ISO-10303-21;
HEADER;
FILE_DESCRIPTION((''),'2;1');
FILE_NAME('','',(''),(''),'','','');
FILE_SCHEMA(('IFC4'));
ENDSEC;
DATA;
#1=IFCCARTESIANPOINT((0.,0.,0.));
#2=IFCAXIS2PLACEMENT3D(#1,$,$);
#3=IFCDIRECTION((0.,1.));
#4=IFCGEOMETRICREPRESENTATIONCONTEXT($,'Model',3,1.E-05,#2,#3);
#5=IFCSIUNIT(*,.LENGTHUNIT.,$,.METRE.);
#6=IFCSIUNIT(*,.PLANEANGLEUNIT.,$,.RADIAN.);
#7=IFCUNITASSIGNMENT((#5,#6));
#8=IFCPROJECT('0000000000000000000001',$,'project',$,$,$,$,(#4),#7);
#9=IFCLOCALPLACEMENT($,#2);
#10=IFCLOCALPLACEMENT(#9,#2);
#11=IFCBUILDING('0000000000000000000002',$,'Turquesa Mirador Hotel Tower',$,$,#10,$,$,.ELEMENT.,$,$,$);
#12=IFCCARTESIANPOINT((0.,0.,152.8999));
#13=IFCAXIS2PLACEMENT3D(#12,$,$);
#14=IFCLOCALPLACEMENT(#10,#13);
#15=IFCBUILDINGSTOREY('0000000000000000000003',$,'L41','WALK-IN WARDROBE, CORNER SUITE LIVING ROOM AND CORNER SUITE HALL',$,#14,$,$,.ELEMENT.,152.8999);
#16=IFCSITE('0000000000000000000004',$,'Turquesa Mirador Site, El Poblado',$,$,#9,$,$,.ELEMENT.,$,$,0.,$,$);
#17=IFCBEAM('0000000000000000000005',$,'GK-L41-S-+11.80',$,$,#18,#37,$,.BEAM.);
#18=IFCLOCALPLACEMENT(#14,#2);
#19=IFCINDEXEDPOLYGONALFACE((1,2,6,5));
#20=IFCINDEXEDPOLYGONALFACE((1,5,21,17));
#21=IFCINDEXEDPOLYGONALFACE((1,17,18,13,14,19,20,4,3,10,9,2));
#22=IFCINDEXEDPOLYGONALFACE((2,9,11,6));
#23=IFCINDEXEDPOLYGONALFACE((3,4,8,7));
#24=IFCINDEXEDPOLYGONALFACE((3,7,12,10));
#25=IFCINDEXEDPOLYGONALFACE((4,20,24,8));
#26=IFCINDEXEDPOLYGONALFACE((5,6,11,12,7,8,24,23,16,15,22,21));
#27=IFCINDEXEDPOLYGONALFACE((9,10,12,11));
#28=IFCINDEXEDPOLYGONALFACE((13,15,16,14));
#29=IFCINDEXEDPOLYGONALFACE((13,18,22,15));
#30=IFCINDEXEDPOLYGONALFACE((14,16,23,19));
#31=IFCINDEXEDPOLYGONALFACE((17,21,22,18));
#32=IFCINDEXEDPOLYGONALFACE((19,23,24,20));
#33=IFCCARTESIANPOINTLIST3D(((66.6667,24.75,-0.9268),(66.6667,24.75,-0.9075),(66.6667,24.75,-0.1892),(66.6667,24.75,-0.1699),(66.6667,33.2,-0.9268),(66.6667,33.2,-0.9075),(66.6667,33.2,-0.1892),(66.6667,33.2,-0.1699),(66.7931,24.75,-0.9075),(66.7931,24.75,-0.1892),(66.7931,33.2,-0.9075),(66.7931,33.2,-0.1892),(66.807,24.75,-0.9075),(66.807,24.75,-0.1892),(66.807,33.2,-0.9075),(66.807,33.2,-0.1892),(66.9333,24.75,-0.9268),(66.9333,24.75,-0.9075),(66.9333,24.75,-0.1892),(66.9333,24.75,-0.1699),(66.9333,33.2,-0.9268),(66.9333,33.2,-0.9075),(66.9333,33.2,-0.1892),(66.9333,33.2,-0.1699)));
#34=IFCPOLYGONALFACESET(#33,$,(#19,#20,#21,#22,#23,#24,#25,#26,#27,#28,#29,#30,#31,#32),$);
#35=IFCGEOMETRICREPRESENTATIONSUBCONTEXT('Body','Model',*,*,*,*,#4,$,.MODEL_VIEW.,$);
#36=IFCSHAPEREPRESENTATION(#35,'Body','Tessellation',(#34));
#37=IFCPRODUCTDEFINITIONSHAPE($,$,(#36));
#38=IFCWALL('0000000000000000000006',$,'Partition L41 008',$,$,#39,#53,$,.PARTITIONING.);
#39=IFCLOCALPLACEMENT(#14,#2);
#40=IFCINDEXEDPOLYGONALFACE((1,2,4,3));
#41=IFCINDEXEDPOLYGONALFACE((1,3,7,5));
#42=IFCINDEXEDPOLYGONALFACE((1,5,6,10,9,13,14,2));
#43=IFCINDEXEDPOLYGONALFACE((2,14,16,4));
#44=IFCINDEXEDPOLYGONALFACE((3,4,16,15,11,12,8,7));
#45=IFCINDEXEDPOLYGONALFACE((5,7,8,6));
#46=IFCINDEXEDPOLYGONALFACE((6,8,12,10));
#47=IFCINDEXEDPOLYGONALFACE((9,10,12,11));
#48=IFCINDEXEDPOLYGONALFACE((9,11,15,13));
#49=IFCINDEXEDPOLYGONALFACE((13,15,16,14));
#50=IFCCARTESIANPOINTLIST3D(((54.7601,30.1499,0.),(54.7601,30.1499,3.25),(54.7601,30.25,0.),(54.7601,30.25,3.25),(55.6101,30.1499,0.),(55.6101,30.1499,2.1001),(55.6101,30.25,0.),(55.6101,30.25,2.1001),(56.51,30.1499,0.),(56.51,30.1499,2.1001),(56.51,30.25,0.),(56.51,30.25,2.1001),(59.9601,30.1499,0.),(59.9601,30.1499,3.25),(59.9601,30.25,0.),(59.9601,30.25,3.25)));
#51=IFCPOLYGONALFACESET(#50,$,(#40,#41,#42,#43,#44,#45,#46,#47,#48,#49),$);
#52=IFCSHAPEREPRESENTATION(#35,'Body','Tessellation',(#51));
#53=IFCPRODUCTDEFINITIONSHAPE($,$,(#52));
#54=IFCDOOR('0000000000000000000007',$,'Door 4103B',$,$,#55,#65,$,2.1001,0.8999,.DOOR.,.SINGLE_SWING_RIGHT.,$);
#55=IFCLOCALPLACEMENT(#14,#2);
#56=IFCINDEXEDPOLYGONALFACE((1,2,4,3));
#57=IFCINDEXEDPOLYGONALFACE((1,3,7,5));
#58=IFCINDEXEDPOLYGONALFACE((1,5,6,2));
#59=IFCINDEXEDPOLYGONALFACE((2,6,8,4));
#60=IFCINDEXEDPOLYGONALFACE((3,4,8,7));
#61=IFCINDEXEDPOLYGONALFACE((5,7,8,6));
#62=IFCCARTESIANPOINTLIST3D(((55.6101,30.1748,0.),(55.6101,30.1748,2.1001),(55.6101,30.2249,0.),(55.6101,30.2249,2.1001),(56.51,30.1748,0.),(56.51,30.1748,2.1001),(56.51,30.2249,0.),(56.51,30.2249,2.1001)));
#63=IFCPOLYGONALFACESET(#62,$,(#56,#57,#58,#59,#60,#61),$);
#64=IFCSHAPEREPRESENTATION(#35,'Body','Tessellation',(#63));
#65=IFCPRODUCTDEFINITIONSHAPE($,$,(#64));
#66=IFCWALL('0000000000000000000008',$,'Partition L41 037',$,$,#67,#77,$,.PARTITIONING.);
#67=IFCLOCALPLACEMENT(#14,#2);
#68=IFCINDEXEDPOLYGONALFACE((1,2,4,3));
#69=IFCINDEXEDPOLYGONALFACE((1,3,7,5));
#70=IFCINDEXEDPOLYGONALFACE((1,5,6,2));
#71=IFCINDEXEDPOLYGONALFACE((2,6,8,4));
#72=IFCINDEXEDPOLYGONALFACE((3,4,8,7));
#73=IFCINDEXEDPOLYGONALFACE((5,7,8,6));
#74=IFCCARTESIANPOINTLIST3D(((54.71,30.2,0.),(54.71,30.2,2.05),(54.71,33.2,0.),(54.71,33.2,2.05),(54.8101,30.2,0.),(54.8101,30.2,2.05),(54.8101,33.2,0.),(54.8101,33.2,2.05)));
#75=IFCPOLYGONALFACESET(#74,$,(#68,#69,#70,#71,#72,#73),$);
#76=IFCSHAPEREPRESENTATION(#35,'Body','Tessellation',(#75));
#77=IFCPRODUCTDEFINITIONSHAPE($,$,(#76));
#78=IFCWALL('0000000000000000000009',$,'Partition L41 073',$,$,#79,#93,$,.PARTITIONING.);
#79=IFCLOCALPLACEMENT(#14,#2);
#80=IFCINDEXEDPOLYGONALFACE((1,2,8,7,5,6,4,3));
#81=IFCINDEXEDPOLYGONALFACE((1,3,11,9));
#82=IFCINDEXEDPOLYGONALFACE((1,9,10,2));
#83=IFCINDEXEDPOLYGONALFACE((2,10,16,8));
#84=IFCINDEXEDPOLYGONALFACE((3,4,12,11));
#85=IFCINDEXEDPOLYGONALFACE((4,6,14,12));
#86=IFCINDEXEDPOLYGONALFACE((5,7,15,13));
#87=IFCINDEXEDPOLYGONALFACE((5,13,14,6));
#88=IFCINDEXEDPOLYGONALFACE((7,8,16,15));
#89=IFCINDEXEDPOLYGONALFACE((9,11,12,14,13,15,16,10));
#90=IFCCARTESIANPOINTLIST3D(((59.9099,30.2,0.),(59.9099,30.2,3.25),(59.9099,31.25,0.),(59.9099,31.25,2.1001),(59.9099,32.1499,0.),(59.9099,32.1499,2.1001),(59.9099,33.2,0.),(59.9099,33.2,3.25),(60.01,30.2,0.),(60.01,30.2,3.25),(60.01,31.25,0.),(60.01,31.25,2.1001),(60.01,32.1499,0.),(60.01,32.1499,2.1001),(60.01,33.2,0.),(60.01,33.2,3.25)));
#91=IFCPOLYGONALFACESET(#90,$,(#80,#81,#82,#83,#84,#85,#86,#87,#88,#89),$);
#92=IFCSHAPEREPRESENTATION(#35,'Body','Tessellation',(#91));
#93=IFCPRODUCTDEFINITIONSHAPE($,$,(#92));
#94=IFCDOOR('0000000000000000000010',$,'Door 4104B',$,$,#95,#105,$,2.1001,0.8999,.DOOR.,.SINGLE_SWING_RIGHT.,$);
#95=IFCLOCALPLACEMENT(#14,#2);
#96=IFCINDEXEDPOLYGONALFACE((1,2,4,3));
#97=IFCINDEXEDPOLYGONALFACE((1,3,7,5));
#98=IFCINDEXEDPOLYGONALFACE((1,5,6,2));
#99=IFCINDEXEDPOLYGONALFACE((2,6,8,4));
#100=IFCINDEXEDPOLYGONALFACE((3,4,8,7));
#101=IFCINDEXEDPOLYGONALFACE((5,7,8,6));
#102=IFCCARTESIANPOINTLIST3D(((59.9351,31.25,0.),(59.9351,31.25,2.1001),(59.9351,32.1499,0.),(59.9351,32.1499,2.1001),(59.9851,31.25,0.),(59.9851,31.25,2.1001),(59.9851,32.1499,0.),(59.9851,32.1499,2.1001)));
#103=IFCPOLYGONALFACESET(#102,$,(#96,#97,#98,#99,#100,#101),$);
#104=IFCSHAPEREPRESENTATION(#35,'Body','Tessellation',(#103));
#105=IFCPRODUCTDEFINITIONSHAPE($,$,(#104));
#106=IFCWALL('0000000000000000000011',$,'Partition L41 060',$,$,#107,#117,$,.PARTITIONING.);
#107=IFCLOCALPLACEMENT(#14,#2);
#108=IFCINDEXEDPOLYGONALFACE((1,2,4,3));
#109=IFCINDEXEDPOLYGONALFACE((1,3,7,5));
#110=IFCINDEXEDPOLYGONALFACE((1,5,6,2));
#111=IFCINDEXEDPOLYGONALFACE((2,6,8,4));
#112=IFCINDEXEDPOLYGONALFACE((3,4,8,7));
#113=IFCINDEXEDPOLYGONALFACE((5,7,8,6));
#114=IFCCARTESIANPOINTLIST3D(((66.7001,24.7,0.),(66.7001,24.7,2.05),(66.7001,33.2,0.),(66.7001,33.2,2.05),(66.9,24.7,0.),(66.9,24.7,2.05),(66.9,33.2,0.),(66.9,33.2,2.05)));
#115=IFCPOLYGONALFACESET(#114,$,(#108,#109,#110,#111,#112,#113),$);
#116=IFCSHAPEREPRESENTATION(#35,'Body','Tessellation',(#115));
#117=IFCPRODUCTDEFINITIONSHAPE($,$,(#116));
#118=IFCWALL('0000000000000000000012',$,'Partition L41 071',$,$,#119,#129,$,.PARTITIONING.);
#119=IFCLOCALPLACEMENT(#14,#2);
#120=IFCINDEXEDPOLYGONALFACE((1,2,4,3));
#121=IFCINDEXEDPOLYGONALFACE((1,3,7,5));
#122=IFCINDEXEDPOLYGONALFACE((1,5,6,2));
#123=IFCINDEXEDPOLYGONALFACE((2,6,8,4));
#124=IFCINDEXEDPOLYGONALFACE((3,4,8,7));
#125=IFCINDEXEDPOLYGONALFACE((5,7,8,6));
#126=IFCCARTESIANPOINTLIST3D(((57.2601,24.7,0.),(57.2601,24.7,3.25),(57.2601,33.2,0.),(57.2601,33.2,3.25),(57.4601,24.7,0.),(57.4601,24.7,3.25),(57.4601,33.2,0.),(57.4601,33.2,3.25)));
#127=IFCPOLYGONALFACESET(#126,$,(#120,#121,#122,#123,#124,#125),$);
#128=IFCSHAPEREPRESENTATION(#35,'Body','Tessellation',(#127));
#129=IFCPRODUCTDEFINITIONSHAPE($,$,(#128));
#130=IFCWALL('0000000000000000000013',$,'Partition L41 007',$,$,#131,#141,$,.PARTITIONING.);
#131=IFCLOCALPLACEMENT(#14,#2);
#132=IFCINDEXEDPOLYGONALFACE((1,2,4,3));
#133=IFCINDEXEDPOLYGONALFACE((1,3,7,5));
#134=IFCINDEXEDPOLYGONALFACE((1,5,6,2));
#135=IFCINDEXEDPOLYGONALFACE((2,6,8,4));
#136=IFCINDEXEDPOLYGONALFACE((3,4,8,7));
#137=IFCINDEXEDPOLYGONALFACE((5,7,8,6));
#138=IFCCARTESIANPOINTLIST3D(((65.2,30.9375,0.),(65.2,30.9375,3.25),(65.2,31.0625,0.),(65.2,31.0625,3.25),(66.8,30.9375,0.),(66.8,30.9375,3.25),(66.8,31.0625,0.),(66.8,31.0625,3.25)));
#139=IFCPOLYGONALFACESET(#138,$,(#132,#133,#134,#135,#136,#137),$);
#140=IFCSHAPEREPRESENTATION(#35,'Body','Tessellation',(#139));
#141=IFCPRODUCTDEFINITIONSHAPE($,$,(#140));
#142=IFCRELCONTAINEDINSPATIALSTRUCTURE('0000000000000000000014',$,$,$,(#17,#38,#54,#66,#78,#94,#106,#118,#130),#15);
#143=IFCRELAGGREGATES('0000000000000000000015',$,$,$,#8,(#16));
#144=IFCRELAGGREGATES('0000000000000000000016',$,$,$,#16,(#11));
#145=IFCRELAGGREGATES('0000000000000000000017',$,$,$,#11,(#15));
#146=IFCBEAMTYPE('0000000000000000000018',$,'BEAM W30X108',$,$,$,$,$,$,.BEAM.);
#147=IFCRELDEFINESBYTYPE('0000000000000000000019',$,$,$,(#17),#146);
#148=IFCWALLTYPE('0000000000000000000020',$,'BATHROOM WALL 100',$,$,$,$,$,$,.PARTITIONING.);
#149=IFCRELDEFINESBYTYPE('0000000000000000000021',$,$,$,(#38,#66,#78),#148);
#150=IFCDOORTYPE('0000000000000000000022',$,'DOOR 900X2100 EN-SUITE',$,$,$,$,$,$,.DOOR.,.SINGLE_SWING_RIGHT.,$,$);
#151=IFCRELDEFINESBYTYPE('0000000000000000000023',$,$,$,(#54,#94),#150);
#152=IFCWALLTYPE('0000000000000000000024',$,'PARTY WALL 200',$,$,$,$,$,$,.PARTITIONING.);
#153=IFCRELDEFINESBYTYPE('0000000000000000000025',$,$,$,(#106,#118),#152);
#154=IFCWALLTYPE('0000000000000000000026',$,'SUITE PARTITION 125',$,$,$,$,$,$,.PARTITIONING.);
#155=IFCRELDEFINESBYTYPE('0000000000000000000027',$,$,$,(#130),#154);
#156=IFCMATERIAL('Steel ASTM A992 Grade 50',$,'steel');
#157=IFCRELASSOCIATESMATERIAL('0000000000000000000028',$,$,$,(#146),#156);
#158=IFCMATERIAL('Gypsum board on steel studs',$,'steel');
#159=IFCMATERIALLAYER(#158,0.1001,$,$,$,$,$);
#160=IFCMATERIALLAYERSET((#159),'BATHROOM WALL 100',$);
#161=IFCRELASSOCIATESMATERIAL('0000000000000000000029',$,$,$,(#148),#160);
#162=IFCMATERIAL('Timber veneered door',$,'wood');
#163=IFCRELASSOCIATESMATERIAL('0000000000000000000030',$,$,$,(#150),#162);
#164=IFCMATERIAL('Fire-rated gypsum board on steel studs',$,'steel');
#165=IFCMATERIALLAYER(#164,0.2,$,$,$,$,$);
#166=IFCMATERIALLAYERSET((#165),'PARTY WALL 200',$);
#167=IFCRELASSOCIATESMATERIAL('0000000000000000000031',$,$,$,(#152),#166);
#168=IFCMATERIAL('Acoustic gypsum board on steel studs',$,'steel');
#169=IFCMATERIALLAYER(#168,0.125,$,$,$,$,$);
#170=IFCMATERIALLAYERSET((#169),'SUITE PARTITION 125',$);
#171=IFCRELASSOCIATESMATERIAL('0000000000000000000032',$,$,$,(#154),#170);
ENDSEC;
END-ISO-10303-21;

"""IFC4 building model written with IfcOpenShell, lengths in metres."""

from ifc_helpers import new_model, si_unit, direction, frame, frame_2d, origin, origin_2d, place, context, subcontext, project, spatial, rectangle, i_section, extrude, material, layer, layer_set, material_profile, profile_set, type_object, element, fill, save


model = new_model("IFC4")

# Units and contexts
model_context = context("Model", 3, precision=1e-05, world=origin(), true_north=direction((0.0, 1.0)))
body_context = subcontext(model_context, "Body", "Model", "MODEL_VIEW")
ifc_project = project(units=[si_unit("LENGTHUNIT", "METRE"), si_unit("PLANEANGLEUNIT", "RADIAN")], contexts=[model_context])

# Site, building, storey
site_placement = place(None, origin())
site = spatial("IfcSite", under=ifc_project, at=site_placement, Name="Turquesa Mirador Site, El Poblado", CompositionType="ELEMENT", RefElevation=0.0)
building_placement = place(site_placement, origin())
building = spatial("IfcBuilding", under=site, at=building_placement, Name="Turquesa Mirador Hotel Tower", CompositionType="ELEMENT")
storey_placement = place(building_placement, frame((0.0, 0.0, 152.8999)))
storey = spatial("IfcBuildingStorey", under=building, at=storey_placement, Name="L41", Description="WALK-IN WARDROBE, CORNER SUITE LIVING ROOM AND CORNER SUITE HALL", CompositionType="ELEMENT", Elevation=152.8999)

# Beam
ifc_material_1 = material(Name="Steel ASTM A992 Grade 50", Category="steel")
ifc_material_profile_1 = material_profile(ifc_material_1, i_section(OverallWidth=0.2666, OverallDepth=0.7568, WebThickness=0.0139, FlangeThickness=0.0193, at=origin_2d()), Name="W30X108")
ifc_profile_set_1 = profile_set([ifc_material_profile_1], Name="Steel ASTM A992 Grade 50")
beam_type_1 = type_object("IfcBeamType", Name="BEAM W30X108", PredefinedType="BEAM", material=ifc_profile_set_1)
beam_1_placement = place(storey_placement, frame((66.8, 24.75, -0.5483), z_axis=(0.0, 1.0, 0.0), x_axis=(-1.0, 0.0, 0.0)))
element("IfcBeam", 1, at=beam_1_placement, inside=storey, type_object=beam_type_1, Name="GK-L41-S-+11.80", PredefinedType="BEAM", context=body_context, shape_type="SweptSolid", body=[
    extrude(i_section(OverallWidth=0.2666, OverallDepth=0.7568, WebThickness=0.0139, FlangeThickness=0.0193, at=origin_2d()), origin(), (0.0, 0.0, 1.0), 8.45),
])

# Wall, opening, door
ifc_material_2 = material(Name="Gypsum board on steel studs", Category="steel")
ifc_layer_1 = layer(ifc_material_2, 0.1001)
ifc_layer_set_1 = layer_set([ifc_layer_1], Name="BATHROOM WALL 100")
wall_type_1 = type_object("IfcWallType", Name="BATHROOM WALL 100", PredefinedType="PARTITIONING", material=ifc_layer_set_1)
wall_1_placement = place(storey_placement, frame((54.76, 30.2, 0.0), z_axis=(0.0, 0.0, 1.0), x_axis=(1.0, 0.0, 0.0)))
wall_1 = element("IfcWall", 2, at=wall_1_placement, inside=storey, type_object=wall_type_1, Name="Partition L41 008", PredefinedType="PARTITIONING", context=body_context, shape_type="SweptSolid", body=[
    extrude(rectangle(XDim=5.2, YDim=0.1001, at=frame_2d((2.6001, 0.0))), origin(), (0.0, 0.0, 1.0), 3.25),
])
opening_1_placement = place(wall_1_placement, frame((0.8501, 0.0, 0.0)))
opening_1 = element("IfcOpeningElement", 3, at=opening_1_placement, cuts=wall_1, PredefinedType="OPENING", context=body_context, shape_type="SweptSolid", body=[
    extrude(rectangle(XDim=0.8999, YDim=2.1001, at=frame_2d((0.45, 1.05))), frame((0.0, 0.0601, 0.0), z_axis=(0.0, -1.0, 0.0), x_axis=(1.0, 0.0, 0.0)), (0.0, 0.0, 1.0), 0.1201),
])
ifc_material_3 = material(Name="Timber veneered door", Category="wood")
door_type = type_object("IfcDoorType", Name="DOOR 900X2100 EN-SUITE", OperationType="SINGLE_SWING_RIGHT", PredefinedType="DOOR", material=ifc_material_3)
door_1_placement = place(opening_1_placement, origin())
door_1 = element("IfcDoor", 4, at=door_1_placement, inside=storey, type_object=door_type, Name="Door 4103B", OperationType="SINGLE_SWING_RIGHT", OverallHeight=2.1001, OverallWidth=0.8999, PredefinedType="DOOR", context=body_context, shape_type="SweptSolid", body=[
    extrude(rectangle(XDim=0.8999, YDim=2.1001, at=frame_2d((0.45, 1.05))), frame((0.0, 0.0249, 0.0), z_axis=(0.0, -1.0, 0.0), x_axis=(1.0, 0.0, 0.0)), (0.0, 0.0, 1.0), 0.05),
])
fill(opening_1, door_1)

# Wall
wall_2_placement = place(storey_placement, frame((54.76, 30.2, 0.0), z_axis=(0.0, 0.0, 1.0), x_axis=(0.0, 1.0, 0.0)))
element("IfcWall", 5, at=wall_2_placement, inside=storey, type_object=wall_type_1, Name="Partition L41 037", PredefinedType="PARTITIONING", context=body_context, shape_type="SweptSolid", body=[
    extrude(rectangle(XDim=3.0, YDim=0.1001, at=frame_2d((1.5, 0.0))), origin(), (0.0, 0.0, 1.0), 2.05),
])

# Wall, opening, door
wall_3_placement = place(storey_placement, frame((59.96, 30.2, 0.0), z_axis=(0.0, 0.0, 1.0), x_axis=(0.0, 1.0, 0.0)))
wall_3 = element("IfcWall", 6, at=wall_3_placement, inside=storey, type_object=wall_type_1, Name="Partition L41 073", PredefinedType="PARTITIONING", context=body_context, shape_type="SweptSolid", body=[
    extrude(rectangle(XDim=3.0, YDim=0.1001, at=frame_2d((1.5, 0.0))), origin(), (0.0, 0.0, 1.0), 3.25),
])
opening_2_placement = place(wall_3_placement, frame((1.05, 0.0, 0.0)))
opening_2 = element("IfcOpeningElement", 7, at=opening_2_placement, cuts=wall_3, PredefinedType="OPENING", context=body_context, shape_type="SweptSolid", body=[
    extrude(rectangle(XDim=0.8999, YDim=2.1001, at=frame_2d((0.45, 1.05))), frame((0.0, 0.0601, 0.0), z_axis=(0.0, -1.0, 0.0), x_axis=(1.0, 0.0, 0.0)), (0.0, 0.0, 1.0), 0.1201),
])
door_2_placement = place(opening_2_placement, origin())
door_2 = element("IfcDoor", 8, at=door_2_placement, inside=storey, type_object=door_type, Name="Door 4104B", OperationType="SINGLE_SWING_RIGHT", OverallHeight=2.1001, OverallWidth=0.8999, PredefinedType="DOOR", context=body_context, shape_type="SweptSolid", body=[
    extrude(rectangle(XDim=0.8999, YDim=2.1001, at=frame_2d((0.45, 1.05))), frame((0.0, 0.0249, 0.0), z_axis=(0.0, -1.0, 0.0), x_axis=(1.0, 0.0, 0.0)), (0.0, 0.0, 1.0), 0.05),
])
fill(opening_2, door_2)

# Walls
ifc_material_4 = material(Name="Fire-rated gypsum board on steel studs", Category="steel")
ifc_layer_2 = layer(ifc_material_4, 0.2)
ifc_layer_set_2 = layer_set([ifc_layer_2], Name="PARTY WALL 200")
wall_type_2 = type_object("IfcWallType", Name="PARTY WALL 200", PredefinedType="PARTITIONING", material=ifc_layer_set_2)
wall_4_placement = place(storey_placement, frame((66.8, 24.7, 0.0), z_axis=(0.0, 0.0, 1.0), x_axis=(0.0, 1.0, 0.0)))
element("IfcWall", 9, at=wall_4_placement, inside=storey, type_object=wall_type_2, Name="Partition L41 060", PredefinedType="PARTITIONING", context=body_context, shape_type="SweptSolid", body=[
    extrude(rectangle(XDim=8.5, YDim=0.2, at=frame_2d((4.25, 0.0))), origin(), (0.0, 0.0, 1.0), 2.05),
])
wall_5_placement = place(storey_placement, frame((57.3601, 24.7, 0.0), z_axis=(0.0, 0.0, 1.0), x_axis=(0.0, 1.0, 0.0)))
element("IfcWall", 10, at=wall_5_placement, inside=storey, type_object=wall_type_2, Name="Partition L41 071", PredefinedType="PARTITIONING", context=body_context, shape_type="SweptSolid", body=[
    extrude(rectangle(XDim=8.5, YDim=0.2, at=frame_2d((4.25, 0.0))), origin(), (0.0, 0.0, 1.0), 3.25),
])
ifc_material_5 = material(Name="Acoustic gypsum board on steel studs", Category="steel")
ifc_layer_3 = layer(ifc_material_5, 0.125)
ifc_layer_set_3 = layer_set([ifc_layer_3], Name="SUITE PARTITION 125")
wall_type_3 = type_object("IfcWallType", Name="SUITE PARTITION 125", PredefinedType="PARTITIONING", material=ifc_layer_set_3)
wall_6_placement = place(storey_placement, frame((65.2, 31.0, 0.0), z_axis=(0.0, 0.0, 1.0), x_axis=(1.0, 0.0, 0.0)))
element("IfcWall", 11, at=wall_6_placement, inside=storey, type_object=wall_type_3, Name="Partition L41 007", PredefinedType="PARTITIONING", context=body_context, shape_type="SweptSolid", body=[
    extrude(rectangle(XDim=1.6001, YDim=0.125, at=frame_2d((0.8, 0.0))), origin(), (0.0, 0.0, 1.0), 3.25),
])

save(model, "model.ifc")
